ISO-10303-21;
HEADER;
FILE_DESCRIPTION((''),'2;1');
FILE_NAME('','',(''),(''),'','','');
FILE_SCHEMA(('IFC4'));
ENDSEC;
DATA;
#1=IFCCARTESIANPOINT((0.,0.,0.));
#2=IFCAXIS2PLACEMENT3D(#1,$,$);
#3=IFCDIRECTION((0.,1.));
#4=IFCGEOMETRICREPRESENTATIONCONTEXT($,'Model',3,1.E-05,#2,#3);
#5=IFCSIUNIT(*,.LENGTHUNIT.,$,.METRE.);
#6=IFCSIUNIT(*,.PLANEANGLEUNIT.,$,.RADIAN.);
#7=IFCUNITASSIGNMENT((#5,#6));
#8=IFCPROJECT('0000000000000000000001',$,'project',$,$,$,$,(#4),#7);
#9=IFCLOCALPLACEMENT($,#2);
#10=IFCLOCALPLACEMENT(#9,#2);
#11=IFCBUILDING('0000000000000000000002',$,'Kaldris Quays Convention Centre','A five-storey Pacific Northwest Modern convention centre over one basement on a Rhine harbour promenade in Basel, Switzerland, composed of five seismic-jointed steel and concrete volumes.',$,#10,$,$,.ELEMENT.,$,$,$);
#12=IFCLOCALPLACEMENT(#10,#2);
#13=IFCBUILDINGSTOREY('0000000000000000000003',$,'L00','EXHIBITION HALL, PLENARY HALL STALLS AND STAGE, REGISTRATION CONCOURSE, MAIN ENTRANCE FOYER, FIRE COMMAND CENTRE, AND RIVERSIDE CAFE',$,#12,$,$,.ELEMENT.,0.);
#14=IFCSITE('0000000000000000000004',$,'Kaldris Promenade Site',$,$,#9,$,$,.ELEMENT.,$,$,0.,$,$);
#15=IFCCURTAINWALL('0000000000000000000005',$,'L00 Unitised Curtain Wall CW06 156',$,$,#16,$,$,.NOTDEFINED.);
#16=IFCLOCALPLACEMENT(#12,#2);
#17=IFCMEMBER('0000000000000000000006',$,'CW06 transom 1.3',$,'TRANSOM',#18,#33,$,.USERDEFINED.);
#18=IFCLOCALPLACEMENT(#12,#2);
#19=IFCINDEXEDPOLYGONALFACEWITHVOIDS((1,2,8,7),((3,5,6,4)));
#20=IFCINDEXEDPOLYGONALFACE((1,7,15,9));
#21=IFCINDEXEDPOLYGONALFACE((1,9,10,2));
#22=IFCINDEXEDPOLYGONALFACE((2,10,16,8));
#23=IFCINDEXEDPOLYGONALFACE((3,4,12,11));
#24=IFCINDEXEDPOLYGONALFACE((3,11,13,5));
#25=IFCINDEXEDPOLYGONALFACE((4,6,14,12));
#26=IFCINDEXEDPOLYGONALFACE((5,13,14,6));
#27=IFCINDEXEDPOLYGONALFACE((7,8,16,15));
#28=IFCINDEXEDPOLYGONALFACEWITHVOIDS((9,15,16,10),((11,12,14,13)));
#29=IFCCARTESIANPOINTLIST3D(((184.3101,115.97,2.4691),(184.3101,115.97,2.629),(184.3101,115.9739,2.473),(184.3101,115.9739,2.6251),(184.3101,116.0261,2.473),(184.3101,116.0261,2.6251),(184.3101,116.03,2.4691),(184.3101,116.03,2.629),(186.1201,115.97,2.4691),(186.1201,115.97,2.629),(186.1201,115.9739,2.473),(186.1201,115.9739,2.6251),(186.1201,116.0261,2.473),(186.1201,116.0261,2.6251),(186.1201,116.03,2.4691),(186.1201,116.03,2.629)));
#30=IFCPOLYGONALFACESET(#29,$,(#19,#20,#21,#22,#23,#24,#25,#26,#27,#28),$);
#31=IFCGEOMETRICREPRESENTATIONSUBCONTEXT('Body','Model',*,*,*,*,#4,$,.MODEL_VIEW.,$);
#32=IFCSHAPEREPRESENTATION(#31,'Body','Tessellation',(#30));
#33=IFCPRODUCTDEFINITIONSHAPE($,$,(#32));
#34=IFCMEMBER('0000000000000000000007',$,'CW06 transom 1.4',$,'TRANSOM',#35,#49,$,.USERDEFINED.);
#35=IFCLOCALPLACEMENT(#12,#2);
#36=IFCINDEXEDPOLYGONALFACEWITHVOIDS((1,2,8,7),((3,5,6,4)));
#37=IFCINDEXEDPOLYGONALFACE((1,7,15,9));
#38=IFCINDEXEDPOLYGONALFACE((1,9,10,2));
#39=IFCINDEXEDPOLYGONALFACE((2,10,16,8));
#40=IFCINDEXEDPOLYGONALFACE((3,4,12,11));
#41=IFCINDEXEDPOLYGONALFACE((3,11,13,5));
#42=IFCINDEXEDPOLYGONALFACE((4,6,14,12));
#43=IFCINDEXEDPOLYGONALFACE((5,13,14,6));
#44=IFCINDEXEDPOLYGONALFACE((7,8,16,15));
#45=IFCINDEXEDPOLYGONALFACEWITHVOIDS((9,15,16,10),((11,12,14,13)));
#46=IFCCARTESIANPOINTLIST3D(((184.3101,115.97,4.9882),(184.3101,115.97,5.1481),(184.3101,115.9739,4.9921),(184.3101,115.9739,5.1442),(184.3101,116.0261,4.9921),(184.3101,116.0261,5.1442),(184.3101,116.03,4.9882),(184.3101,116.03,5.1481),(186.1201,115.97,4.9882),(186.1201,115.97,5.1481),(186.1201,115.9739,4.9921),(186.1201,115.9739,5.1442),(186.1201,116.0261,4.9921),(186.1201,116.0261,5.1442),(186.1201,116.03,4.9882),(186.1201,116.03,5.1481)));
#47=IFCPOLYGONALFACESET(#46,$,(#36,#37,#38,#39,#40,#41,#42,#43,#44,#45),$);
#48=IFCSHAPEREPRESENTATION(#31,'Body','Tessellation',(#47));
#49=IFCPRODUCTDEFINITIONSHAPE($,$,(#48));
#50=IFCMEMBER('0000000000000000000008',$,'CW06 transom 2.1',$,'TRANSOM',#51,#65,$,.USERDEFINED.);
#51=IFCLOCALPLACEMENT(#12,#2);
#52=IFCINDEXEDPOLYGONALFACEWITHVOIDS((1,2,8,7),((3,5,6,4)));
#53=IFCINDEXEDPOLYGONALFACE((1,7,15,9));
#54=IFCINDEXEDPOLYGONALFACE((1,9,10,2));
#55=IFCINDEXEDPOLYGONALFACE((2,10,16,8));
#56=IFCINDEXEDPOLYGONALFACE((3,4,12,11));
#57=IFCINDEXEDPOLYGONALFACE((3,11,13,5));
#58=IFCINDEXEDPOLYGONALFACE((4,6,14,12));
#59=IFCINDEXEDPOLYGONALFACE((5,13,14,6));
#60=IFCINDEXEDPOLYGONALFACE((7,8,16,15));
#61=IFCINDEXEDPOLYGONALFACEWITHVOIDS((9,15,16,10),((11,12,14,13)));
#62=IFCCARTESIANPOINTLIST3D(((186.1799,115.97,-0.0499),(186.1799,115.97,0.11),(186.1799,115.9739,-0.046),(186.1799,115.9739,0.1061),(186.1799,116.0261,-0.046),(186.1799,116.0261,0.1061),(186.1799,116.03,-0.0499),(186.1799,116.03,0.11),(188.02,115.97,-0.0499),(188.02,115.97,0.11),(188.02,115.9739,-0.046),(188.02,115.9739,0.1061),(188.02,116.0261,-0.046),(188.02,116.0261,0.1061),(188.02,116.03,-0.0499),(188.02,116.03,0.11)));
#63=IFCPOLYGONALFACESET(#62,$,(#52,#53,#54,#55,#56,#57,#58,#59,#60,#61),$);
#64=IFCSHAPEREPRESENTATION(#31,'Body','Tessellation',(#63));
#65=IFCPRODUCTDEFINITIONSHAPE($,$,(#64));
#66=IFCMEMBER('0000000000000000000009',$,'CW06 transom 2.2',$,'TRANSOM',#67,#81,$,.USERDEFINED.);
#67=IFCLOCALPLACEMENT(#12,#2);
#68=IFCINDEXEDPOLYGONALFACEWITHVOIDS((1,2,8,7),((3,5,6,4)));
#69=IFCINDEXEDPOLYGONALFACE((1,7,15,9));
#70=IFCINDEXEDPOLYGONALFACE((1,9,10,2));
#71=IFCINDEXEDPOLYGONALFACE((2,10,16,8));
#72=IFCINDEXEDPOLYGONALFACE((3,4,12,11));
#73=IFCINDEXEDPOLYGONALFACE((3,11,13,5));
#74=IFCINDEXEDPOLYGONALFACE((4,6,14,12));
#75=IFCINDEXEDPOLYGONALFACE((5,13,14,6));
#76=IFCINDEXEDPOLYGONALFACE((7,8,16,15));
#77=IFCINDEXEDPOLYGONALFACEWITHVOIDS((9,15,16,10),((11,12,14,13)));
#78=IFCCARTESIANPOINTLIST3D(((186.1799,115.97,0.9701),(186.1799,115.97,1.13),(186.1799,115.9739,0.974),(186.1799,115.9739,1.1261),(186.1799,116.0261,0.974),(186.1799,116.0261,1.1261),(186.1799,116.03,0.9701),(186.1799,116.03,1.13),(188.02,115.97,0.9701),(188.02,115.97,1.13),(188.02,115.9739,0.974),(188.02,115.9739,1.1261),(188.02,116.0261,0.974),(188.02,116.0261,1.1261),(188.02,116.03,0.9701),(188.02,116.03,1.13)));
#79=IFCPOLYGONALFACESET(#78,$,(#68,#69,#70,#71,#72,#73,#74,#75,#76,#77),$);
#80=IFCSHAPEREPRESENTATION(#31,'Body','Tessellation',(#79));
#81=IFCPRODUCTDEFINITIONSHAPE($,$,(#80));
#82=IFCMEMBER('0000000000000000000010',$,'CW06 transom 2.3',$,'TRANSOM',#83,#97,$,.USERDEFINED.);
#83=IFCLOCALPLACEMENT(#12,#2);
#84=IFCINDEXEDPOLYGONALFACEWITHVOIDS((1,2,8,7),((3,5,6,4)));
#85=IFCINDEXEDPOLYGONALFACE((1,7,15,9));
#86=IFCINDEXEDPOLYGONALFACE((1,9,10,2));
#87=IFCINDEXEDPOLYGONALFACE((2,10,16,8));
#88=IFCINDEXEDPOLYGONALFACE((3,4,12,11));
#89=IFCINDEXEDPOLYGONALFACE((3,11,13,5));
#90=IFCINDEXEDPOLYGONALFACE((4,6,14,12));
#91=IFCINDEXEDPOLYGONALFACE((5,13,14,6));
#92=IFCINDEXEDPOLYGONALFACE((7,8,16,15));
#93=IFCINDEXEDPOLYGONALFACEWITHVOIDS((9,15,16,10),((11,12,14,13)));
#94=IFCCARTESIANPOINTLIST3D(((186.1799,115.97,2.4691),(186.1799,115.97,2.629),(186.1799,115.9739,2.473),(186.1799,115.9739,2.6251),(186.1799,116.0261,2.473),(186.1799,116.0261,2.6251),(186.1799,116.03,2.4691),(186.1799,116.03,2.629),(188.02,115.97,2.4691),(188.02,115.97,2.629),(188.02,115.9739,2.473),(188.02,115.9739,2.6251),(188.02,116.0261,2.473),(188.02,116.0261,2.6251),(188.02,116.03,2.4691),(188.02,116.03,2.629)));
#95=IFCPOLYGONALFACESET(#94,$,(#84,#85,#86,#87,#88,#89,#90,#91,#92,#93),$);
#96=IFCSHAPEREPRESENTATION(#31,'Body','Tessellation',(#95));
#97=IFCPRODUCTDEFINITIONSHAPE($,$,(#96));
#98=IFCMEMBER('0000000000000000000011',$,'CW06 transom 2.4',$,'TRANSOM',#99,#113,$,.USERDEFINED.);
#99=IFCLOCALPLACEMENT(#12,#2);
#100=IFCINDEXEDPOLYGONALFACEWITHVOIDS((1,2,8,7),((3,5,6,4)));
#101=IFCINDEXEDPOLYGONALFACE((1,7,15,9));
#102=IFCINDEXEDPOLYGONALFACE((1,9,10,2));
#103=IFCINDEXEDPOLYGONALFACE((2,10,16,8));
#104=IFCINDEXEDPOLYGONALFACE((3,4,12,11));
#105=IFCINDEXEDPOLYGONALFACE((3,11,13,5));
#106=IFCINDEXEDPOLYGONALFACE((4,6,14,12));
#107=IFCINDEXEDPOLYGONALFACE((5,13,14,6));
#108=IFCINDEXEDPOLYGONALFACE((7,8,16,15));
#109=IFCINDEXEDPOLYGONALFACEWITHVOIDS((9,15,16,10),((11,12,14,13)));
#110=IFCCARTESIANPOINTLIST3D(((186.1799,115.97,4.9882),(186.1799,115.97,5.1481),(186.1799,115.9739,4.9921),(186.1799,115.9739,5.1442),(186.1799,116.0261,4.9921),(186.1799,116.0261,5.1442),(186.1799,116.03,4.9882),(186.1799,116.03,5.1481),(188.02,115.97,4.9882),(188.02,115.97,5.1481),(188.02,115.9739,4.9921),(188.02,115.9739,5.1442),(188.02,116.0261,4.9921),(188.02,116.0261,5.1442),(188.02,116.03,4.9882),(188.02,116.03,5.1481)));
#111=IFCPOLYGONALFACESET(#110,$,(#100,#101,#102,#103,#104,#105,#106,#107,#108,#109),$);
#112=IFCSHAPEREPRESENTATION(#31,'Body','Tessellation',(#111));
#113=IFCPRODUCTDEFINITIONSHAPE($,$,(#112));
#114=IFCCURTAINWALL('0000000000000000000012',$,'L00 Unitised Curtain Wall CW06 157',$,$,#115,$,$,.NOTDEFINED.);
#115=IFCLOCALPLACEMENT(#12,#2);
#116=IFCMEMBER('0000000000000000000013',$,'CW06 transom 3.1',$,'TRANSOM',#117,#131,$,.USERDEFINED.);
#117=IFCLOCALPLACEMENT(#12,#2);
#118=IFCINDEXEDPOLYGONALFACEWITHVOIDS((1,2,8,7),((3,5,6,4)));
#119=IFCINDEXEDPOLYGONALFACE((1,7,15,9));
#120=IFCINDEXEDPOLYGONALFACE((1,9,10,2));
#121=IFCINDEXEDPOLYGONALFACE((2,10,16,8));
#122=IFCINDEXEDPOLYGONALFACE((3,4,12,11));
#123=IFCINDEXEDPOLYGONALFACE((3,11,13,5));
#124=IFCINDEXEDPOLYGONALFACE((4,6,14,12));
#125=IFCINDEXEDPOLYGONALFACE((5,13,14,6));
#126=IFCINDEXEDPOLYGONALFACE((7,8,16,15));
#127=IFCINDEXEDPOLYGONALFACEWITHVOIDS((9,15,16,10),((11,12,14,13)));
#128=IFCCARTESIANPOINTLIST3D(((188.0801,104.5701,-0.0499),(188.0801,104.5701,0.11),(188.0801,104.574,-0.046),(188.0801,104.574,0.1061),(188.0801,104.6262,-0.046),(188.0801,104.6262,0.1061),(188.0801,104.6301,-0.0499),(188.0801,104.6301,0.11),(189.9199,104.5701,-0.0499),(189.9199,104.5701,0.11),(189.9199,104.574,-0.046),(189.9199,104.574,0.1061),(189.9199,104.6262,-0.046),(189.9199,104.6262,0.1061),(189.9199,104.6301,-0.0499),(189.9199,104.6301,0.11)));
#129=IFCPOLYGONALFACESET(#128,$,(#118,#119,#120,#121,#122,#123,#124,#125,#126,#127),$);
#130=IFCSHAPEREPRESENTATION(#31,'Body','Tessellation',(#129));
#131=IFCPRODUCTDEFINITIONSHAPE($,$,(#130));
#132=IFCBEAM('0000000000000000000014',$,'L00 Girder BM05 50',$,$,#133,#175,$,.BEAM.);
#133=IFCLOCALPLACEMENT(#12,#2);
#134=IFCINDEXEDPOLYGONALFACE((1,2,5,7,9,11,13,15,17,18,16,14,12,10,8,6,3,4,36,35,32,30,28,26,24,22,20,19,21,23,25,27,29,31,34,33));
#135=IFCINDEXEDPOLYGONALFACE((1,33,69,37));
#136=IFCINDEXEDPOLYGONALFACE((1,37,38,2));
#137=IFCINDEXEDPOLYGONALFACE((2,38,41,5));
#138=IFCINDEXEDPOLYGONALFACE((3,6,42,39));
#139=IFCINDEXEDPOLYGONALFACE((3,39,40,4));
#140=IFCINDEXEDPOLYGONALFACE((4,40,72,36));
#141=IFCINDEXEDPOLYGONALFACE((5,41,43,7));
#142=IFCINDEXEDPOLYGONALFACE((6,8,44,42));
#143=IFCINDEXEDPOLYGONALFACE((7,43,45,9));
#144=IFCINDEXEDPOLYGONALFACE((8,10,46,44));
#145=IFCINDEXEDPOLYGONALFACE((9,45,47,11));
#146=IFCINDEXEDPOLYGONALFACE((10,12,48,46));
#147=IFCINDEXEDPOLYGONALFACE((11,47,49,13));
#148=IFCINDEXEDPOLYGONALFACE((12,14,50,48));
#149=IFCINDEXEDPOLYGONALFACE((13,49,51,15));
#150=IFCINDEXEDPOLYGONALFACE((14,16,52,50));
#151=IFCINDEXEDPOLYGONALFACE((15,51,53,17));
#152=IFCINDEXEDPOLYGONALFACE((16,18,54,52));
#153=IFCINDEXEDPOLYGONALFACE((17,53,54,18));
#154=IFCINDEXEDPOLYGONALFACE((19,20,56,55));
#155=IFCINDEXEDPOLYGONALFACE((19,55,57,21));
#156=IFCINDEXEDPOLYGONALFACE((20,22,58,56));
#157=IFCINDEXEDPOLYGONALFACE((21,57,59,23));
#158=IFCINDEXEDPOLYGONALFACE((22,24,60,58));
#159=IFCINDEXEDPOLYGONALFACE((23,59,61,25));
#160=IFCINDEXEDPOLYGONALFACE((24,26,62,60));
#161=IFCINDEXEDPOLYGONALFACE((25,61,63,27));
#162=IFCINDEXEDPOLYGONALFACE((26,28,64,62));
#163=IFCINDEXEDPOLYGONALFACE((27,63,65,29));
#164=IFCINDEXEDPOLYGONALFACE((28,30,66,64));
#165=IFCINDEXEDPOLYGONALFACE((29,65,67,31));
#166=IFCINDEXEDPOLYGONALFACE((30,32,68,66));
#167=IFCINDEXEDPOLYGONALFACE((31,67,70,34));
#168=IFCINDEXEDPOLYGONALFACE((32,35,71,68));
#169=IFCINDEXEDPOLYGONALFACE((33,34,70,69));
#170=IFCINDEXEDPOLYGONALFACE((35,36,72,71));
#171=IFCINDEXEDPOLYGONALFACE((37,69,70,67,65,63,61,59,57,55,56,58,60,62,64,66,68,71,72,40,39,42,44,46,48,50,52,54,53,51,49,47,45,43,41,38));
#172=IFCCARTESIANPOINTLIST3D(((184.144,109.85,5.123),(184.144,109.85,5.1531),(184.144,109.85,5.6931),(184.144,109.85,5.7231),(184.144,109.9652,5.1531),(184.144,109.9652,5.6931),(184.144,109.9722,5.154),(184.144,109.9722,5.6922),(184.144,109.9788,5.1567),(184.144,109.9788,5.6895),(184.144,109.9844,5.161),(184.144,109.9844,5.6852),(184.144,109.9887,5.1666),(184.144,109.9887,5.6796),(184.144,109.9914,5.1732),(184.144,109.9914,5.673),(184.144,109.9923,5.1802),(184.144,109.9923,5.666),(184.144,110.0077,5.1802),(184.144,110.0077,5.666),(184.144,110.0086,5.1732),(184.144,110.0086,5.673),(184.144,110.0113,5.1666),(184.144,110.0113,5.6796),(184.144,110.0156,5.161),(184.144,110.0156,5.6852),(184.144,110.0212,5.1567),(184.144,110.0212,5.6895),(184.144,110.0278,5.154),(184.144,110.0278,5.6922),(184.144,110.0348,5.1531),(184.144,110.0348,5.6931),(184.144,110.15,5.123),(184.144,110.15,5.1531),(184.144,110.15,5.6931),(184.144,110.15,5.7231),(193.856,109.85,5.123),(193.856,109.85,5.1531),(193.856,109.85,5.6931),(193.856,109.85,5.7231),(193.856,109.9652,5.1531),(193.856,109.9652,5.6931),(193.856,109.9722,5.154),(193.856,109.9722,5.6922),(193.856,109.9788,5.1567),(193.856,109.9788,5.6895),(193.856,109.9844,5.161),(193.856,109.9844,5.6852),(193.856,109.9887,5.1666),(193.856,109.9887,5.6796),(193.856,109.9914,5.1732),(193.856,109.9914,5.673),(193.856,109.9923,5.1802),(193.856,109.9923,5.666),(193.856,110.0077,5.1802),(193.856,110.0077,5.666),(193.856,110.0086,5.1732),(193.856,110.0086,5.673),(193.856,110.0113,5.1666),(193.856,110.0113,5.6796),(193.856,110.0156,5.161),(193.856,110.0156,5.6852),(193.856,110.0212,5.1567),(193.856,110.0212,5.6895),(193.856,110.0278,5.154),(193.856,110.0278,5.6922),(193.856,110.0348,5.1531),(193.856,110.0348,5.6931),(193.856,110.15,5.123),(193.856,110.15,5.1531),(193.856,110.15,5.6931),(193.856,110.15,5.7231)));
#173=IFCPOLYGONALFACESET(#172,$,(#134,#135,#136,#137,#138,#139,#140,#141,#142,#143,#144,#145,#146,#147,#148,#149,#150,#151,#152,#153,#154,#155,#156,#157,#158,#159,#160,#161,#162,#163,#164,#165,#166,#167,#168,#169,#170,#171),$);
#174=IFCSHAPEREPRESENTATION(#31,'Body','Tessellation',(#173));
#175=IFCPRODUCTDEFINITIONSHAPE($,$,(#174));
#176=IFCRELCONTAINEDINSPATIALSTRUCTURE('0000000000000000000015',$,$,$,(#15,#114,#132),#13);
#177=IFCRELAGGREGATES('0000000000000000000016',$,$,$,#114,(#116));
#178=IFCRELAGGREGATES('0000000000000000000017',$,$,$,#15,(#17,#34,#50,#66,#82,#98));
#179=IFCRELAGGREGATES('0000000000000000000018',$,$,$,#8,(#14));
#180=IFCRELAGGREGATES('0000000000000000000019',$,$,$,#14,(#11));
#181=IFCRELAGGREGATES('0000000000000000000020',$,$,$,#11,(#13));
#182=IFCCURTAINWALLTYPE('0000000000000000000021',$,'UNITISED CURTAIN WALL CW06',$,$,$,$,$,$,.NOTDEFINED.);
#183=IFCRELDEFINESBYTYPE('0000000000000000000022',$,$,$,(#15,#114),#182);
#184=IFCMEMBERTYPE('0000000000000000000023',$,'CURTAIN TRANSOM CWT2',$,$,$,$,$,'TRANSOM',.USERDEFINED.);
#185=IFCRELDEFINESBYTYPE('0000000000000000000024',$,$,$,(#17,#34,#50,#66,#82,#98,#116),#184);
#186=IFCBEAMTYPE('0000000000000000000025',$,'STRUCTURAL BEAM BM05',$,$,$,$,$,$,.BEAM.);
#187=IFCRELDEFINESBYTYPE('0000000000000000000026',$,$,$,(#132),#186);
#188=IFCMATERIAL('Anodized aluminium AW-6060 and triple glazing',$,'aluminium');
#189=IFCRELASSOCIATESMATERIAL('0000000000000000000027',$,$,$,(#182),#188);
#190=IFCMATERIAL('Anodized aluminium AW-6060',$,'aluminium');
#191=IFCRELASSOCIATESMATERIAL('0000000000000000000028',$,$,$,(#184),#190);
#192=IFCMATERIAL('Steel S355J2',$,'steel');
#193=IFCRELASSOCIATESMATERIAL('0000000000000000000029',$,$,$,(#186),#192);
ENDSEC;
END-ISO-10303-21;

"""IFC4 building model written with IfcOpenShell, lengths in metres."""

from ifc_helpers import new_model, si_unit, direction, frame, origin, origin_2d, place, context, subcontext, project, spatial, hollow_rectangle, i_section, extrude, material, material_profile, profile_set, type_object, element, aggregate, save


model = new_model("IFC4")

# Units and contexts
model_context = context("Model", 3, precision=1e-05, world=origin(), true_north=direction((0.0, 1.0)))
body_context = subcontext(model_context, "Body", "Model", "MODEL_VIEW")
ifc_project = project(units=[si_unit("LENGTHUNIT", "METRE"), si_unit("PLANEANGLEUNIT", "RADIAN")], contexts=[model_context])

# Site, building, storey
site_placement = place(None, origin())
site = spatial("IfcSite", under=ifc_project, at=site_placement, Name="Kaldris Promenade Site", CompositionType="ELEMENT", RefElevation=0.0)
building_placement = place(site_placement, origin())
building = spatial("IfcBuilding", under=site, at=building_placement, Name="Kaldris Quays Convention Centre", Description="A five-storey Pacific Northwest Modern convention centre over one basement on a Rhine harbour promenade in Basel, Switzerland, composed of five seismic-jointed steel and concrete volumes.", CompositionType="ELEMENT")
storey_placement = place(building_placement, origin())
storey = spatial("IfcBuildingStorey", under=building, at=storey_placement, Name="L00", Description="EXHIBITION HALL, PLENARY HALL STALLS AND STAGE, REGISTRATION CONCOURSE, MAIN ENTRANCE FOYER, FIRE COMMAND CENTRE, AND RIVERSIDE CAFE", CompositionType="ELEMENT", Elevation=0.0)

# Shared definitions
ifc_material_1 = material(Name="Steel S355J2", Category="steel")

# Curtain wall, members
ifc_material_2 = material(Name="Anodized aluminium AW-6060 and triple glazing", Category="aluminium")
curtain_wall_type = type_object("IfcCurtainWallType", Name="UNITISED CURTAIN WALL CW06", PredefinedType="NOTDEFINED", material=ifc_material_2)
curtain_wall_1_placement = place(storey_placement, origin())
curtain_wall_1 = element("IfcCurtainWall", 1, at=curtain_wall_1_placement, inside=storey, type_object=curtain_wall_type, Name="L00 Unitised Curtain Wall CW06 156", PredefinedType="NOTDEFINED")
ifc_material_3 = material(Name="Anodized aluminium AW-6060", Category="aluminium")
ifc_material_profile_1 = material_profile(ifc_material_3, hollow_rectangle(XDim=0.0601, YDim=0.1599, WallThickness=0.0039, at=origin_2d()), Name="RHS 160x60x4")
ifc_profile_set_1 = profile_set([ifc_material_profile_1], Name="Anodized aluminium AW-6060")
member_type_1 = type_object("IfcMemberType", Name="CURTAIN TRANSOM CWT2", ElementType="TRANSOM", PredefinedType="USERDEFINED", material=ifc_profile_set_1)
member_1_placement = place(storey_placement, frame((184.3101, 116.0, 2.5491), z_axis=(1.0, 0.0, 0.0), x_axis=(0.0, 1.0, 0.0)))
member_1 = element("IfcMember", 2, at=member_1_placement, type_object=member_type_1, Name="CW06 transom 1.3", ObjectType="TRANSOM", PredefinedType="USERDEFINED", context=body_context, shape_type="SweptSolid", body=[
    extrude(hollow_rectangle(XDim=0.0601, YDim=0.1599, WallThickness=0.0039, at=origin_2d()), origin(), (0.0, 0.0, 1.0), 1.8101),
])
member_2_placement = place(storey_placement, frame((184.3101, 116.0, 5.0681), z_axis=(1.0, 0.0, 0.0), x_axis=(0.0, 1.0, 0.0)))
member_2 = element("IfcMember", 3, at=member_2_placement, type_object=member_type_1, Name="CW06 transom 1.4", ObjectType="TRANSOM", PredefinedType="USERDEFINED", context=body_context, shape_type="SweptSolid", body=[
    extrude(hollow_rectangle(XDim=0.0601, YDim=0.1599, WallThickness=0.0039, at=origin_2d()), origin(), (0.0, 0.0, 1.0), 1.8101),
])
member_3_placement = place(storey_placement, frame((186.1799, 116.0, 0.03), z_axis=(1.0, 0.0, 0.0), x_axis=(0.0, 1.0, 0.0)))
member_3 = element("IfcMember", 4, at=member_3_placement, type_object=member_type_1, Name="CW06 transom 2.1", ObjectType="TRANSOM", PredefinedType="USERDEFINED", context=body_context, shape_type="SweptSolid", body=[
    extrude(hollow_rectangle(XDim=0.0601, YDim=0.1599, WallThickness=0.0039, at=origin_2d()), origin(), (0.0, 0.0, 1.0), 1.8401),
])
member_4_placement = place(storey_placement, frame((186.1799, 116.0, 1.05), z_axis=(1.0, 0.0, 0.0), x_axis=(0.0, 1.0, 0.0)))
member_4 = element("IfcMember", 5, at=member_4_placement, type_object=member_type_1, Name="CW06 transom 2.2", ObjectType="TRANSOM", PredefinedType="USERDEFINED", context=body_context, shape_type="SweptSolid", body=[
    extrude(hollow_rectangle(XDim=0.0601, YDim=0.1599, WallThickness=0.0039, at=origin_2d()), origin(), (0.0, 0.0, 1.0), 1.8401),
])
member_5_placement = place(storey_placement, frame((186.1799, 116.0, 2.5491), z_axis=(1.0, 0.0, 0.0), x_axis=(0.0, 1.0, 0.0)))
member_5 = element("IfcMember", 6, at=member_5_placement, type_object=member_type_1, Name="CW06 transom 2.3", ObjectType="TRANSOM", PredefinedType="USERDEFINED", context=body_context, shape_type="SweptSolid", body=[
    extrude(hollow_rectangle(XDim=0.0601, YDim=0.1599, WallThickness=0.0039, at=origin_2d()), origin(), (0.0, 0.0, 1.0), 1.8401),
])
member_6_placement = place(storey_placement, frame((186.1799, 116.0, 5.0681), z_axis=(1.0, 0.0, 0.0), x_axis=(0.0, 1.0, 0.0)))
member_6 = element("IfcMember", 7, at=member_6_placement, type_object=member_type_1, Name="CW06 transom 2.4", ObjectType="TRANSOM", PredefinedType="USERDEFINED", context=body_context, shape_type="SweptSolid", body=[
    extrude(hollow_rectangle(XDim=0.0601, YDim=0.1599, WallThickness=0.0039, at=origin_2d()), origin(), (0.0, 0.0, 1.0), 1.8401),
])

# Curtain wall, member
curtain_wall_2_placement = place(storey_placement, origin())
curtain_wall_2 = element("IfcCurtainWall", 8, at=curtain_wall_2_placement, inside=storey, type_object=curtain_wall_type, Name="L00 Unitised Curtain Wall CW06 157", PredefinedType="NOTDEFINED")
member_7_placement = place(storey_placement, frame((188.0801, 104.6001, 0.03), z_axis=(1.0, 0.0, 0.0), x_axis=(0.0, 1.0, 0.0)))
member_7 = element("IfcMember", 9, at=member_7_placement, type_object=member_type_1, Name="CW06 transom 3.1", ObjectType="TRANSOM", PredefinedType="USERDEFINED", context=body_context, shape_type="SweptSolid", body=[
    extrude(hollow_rectangle(XDim=0.0601, YDim=0.1599, WallThickness=0.0039, at=origin_2d()), origin(), (0.0, 0.0, 1.0), 1.8398),
])
aggregate(curtain_wall_2, [member_7])

# Beam
ifc_material_profile_2 = material_profile(ifc_material_1, i_section(OverallWidth=0.3, OverallDepth=0.6001, WebThickness=0.0154, FlangeThickness=0.03, FilletRadius=0.0271, at=origin_2d()), Name="HEB 600")
ifc_profile_set_2 = profile_set([ifc_material_profile_2], Name="Steel S355J2")
beam_type_1 = type_object("IfcBeamType", Name="STRUCTURAL BEAM BM05", PredefinedType="BEAM", material=ifc_profile_set_2)
for number, where, z_axis, x_axis, name in (
    (10, (184.144, 110.0, 5.4231), (1.0, 0.0, 0.0), (0.0, 1.0, 0.0), "L00 Girder BM05 50"),
):
    element("IfcBeam", number, at=place(storey_placement, frame(where, z_axis=z_axis, x_axis=x_axis)), inside=storey, type_object=beam_type_1, Name=name, PredefinedType="BEAM", context=body_context, shape_type="SweptSolid", body=[
        extrude(i_section(OverallWidth=0.3, OverallDepth=0.6001, WebThickness=0.0154, FlangeThickness=0.03, FilletRadius=0.0271, at=origin_2d()), origin(), (0.0, 0.0, 1.0), 9.7119),
    ])

aggregate(curtain_wall_1, [member_1, member_2, member_3, member_4, member_5, member_6])

save(model, "model.ifc")
